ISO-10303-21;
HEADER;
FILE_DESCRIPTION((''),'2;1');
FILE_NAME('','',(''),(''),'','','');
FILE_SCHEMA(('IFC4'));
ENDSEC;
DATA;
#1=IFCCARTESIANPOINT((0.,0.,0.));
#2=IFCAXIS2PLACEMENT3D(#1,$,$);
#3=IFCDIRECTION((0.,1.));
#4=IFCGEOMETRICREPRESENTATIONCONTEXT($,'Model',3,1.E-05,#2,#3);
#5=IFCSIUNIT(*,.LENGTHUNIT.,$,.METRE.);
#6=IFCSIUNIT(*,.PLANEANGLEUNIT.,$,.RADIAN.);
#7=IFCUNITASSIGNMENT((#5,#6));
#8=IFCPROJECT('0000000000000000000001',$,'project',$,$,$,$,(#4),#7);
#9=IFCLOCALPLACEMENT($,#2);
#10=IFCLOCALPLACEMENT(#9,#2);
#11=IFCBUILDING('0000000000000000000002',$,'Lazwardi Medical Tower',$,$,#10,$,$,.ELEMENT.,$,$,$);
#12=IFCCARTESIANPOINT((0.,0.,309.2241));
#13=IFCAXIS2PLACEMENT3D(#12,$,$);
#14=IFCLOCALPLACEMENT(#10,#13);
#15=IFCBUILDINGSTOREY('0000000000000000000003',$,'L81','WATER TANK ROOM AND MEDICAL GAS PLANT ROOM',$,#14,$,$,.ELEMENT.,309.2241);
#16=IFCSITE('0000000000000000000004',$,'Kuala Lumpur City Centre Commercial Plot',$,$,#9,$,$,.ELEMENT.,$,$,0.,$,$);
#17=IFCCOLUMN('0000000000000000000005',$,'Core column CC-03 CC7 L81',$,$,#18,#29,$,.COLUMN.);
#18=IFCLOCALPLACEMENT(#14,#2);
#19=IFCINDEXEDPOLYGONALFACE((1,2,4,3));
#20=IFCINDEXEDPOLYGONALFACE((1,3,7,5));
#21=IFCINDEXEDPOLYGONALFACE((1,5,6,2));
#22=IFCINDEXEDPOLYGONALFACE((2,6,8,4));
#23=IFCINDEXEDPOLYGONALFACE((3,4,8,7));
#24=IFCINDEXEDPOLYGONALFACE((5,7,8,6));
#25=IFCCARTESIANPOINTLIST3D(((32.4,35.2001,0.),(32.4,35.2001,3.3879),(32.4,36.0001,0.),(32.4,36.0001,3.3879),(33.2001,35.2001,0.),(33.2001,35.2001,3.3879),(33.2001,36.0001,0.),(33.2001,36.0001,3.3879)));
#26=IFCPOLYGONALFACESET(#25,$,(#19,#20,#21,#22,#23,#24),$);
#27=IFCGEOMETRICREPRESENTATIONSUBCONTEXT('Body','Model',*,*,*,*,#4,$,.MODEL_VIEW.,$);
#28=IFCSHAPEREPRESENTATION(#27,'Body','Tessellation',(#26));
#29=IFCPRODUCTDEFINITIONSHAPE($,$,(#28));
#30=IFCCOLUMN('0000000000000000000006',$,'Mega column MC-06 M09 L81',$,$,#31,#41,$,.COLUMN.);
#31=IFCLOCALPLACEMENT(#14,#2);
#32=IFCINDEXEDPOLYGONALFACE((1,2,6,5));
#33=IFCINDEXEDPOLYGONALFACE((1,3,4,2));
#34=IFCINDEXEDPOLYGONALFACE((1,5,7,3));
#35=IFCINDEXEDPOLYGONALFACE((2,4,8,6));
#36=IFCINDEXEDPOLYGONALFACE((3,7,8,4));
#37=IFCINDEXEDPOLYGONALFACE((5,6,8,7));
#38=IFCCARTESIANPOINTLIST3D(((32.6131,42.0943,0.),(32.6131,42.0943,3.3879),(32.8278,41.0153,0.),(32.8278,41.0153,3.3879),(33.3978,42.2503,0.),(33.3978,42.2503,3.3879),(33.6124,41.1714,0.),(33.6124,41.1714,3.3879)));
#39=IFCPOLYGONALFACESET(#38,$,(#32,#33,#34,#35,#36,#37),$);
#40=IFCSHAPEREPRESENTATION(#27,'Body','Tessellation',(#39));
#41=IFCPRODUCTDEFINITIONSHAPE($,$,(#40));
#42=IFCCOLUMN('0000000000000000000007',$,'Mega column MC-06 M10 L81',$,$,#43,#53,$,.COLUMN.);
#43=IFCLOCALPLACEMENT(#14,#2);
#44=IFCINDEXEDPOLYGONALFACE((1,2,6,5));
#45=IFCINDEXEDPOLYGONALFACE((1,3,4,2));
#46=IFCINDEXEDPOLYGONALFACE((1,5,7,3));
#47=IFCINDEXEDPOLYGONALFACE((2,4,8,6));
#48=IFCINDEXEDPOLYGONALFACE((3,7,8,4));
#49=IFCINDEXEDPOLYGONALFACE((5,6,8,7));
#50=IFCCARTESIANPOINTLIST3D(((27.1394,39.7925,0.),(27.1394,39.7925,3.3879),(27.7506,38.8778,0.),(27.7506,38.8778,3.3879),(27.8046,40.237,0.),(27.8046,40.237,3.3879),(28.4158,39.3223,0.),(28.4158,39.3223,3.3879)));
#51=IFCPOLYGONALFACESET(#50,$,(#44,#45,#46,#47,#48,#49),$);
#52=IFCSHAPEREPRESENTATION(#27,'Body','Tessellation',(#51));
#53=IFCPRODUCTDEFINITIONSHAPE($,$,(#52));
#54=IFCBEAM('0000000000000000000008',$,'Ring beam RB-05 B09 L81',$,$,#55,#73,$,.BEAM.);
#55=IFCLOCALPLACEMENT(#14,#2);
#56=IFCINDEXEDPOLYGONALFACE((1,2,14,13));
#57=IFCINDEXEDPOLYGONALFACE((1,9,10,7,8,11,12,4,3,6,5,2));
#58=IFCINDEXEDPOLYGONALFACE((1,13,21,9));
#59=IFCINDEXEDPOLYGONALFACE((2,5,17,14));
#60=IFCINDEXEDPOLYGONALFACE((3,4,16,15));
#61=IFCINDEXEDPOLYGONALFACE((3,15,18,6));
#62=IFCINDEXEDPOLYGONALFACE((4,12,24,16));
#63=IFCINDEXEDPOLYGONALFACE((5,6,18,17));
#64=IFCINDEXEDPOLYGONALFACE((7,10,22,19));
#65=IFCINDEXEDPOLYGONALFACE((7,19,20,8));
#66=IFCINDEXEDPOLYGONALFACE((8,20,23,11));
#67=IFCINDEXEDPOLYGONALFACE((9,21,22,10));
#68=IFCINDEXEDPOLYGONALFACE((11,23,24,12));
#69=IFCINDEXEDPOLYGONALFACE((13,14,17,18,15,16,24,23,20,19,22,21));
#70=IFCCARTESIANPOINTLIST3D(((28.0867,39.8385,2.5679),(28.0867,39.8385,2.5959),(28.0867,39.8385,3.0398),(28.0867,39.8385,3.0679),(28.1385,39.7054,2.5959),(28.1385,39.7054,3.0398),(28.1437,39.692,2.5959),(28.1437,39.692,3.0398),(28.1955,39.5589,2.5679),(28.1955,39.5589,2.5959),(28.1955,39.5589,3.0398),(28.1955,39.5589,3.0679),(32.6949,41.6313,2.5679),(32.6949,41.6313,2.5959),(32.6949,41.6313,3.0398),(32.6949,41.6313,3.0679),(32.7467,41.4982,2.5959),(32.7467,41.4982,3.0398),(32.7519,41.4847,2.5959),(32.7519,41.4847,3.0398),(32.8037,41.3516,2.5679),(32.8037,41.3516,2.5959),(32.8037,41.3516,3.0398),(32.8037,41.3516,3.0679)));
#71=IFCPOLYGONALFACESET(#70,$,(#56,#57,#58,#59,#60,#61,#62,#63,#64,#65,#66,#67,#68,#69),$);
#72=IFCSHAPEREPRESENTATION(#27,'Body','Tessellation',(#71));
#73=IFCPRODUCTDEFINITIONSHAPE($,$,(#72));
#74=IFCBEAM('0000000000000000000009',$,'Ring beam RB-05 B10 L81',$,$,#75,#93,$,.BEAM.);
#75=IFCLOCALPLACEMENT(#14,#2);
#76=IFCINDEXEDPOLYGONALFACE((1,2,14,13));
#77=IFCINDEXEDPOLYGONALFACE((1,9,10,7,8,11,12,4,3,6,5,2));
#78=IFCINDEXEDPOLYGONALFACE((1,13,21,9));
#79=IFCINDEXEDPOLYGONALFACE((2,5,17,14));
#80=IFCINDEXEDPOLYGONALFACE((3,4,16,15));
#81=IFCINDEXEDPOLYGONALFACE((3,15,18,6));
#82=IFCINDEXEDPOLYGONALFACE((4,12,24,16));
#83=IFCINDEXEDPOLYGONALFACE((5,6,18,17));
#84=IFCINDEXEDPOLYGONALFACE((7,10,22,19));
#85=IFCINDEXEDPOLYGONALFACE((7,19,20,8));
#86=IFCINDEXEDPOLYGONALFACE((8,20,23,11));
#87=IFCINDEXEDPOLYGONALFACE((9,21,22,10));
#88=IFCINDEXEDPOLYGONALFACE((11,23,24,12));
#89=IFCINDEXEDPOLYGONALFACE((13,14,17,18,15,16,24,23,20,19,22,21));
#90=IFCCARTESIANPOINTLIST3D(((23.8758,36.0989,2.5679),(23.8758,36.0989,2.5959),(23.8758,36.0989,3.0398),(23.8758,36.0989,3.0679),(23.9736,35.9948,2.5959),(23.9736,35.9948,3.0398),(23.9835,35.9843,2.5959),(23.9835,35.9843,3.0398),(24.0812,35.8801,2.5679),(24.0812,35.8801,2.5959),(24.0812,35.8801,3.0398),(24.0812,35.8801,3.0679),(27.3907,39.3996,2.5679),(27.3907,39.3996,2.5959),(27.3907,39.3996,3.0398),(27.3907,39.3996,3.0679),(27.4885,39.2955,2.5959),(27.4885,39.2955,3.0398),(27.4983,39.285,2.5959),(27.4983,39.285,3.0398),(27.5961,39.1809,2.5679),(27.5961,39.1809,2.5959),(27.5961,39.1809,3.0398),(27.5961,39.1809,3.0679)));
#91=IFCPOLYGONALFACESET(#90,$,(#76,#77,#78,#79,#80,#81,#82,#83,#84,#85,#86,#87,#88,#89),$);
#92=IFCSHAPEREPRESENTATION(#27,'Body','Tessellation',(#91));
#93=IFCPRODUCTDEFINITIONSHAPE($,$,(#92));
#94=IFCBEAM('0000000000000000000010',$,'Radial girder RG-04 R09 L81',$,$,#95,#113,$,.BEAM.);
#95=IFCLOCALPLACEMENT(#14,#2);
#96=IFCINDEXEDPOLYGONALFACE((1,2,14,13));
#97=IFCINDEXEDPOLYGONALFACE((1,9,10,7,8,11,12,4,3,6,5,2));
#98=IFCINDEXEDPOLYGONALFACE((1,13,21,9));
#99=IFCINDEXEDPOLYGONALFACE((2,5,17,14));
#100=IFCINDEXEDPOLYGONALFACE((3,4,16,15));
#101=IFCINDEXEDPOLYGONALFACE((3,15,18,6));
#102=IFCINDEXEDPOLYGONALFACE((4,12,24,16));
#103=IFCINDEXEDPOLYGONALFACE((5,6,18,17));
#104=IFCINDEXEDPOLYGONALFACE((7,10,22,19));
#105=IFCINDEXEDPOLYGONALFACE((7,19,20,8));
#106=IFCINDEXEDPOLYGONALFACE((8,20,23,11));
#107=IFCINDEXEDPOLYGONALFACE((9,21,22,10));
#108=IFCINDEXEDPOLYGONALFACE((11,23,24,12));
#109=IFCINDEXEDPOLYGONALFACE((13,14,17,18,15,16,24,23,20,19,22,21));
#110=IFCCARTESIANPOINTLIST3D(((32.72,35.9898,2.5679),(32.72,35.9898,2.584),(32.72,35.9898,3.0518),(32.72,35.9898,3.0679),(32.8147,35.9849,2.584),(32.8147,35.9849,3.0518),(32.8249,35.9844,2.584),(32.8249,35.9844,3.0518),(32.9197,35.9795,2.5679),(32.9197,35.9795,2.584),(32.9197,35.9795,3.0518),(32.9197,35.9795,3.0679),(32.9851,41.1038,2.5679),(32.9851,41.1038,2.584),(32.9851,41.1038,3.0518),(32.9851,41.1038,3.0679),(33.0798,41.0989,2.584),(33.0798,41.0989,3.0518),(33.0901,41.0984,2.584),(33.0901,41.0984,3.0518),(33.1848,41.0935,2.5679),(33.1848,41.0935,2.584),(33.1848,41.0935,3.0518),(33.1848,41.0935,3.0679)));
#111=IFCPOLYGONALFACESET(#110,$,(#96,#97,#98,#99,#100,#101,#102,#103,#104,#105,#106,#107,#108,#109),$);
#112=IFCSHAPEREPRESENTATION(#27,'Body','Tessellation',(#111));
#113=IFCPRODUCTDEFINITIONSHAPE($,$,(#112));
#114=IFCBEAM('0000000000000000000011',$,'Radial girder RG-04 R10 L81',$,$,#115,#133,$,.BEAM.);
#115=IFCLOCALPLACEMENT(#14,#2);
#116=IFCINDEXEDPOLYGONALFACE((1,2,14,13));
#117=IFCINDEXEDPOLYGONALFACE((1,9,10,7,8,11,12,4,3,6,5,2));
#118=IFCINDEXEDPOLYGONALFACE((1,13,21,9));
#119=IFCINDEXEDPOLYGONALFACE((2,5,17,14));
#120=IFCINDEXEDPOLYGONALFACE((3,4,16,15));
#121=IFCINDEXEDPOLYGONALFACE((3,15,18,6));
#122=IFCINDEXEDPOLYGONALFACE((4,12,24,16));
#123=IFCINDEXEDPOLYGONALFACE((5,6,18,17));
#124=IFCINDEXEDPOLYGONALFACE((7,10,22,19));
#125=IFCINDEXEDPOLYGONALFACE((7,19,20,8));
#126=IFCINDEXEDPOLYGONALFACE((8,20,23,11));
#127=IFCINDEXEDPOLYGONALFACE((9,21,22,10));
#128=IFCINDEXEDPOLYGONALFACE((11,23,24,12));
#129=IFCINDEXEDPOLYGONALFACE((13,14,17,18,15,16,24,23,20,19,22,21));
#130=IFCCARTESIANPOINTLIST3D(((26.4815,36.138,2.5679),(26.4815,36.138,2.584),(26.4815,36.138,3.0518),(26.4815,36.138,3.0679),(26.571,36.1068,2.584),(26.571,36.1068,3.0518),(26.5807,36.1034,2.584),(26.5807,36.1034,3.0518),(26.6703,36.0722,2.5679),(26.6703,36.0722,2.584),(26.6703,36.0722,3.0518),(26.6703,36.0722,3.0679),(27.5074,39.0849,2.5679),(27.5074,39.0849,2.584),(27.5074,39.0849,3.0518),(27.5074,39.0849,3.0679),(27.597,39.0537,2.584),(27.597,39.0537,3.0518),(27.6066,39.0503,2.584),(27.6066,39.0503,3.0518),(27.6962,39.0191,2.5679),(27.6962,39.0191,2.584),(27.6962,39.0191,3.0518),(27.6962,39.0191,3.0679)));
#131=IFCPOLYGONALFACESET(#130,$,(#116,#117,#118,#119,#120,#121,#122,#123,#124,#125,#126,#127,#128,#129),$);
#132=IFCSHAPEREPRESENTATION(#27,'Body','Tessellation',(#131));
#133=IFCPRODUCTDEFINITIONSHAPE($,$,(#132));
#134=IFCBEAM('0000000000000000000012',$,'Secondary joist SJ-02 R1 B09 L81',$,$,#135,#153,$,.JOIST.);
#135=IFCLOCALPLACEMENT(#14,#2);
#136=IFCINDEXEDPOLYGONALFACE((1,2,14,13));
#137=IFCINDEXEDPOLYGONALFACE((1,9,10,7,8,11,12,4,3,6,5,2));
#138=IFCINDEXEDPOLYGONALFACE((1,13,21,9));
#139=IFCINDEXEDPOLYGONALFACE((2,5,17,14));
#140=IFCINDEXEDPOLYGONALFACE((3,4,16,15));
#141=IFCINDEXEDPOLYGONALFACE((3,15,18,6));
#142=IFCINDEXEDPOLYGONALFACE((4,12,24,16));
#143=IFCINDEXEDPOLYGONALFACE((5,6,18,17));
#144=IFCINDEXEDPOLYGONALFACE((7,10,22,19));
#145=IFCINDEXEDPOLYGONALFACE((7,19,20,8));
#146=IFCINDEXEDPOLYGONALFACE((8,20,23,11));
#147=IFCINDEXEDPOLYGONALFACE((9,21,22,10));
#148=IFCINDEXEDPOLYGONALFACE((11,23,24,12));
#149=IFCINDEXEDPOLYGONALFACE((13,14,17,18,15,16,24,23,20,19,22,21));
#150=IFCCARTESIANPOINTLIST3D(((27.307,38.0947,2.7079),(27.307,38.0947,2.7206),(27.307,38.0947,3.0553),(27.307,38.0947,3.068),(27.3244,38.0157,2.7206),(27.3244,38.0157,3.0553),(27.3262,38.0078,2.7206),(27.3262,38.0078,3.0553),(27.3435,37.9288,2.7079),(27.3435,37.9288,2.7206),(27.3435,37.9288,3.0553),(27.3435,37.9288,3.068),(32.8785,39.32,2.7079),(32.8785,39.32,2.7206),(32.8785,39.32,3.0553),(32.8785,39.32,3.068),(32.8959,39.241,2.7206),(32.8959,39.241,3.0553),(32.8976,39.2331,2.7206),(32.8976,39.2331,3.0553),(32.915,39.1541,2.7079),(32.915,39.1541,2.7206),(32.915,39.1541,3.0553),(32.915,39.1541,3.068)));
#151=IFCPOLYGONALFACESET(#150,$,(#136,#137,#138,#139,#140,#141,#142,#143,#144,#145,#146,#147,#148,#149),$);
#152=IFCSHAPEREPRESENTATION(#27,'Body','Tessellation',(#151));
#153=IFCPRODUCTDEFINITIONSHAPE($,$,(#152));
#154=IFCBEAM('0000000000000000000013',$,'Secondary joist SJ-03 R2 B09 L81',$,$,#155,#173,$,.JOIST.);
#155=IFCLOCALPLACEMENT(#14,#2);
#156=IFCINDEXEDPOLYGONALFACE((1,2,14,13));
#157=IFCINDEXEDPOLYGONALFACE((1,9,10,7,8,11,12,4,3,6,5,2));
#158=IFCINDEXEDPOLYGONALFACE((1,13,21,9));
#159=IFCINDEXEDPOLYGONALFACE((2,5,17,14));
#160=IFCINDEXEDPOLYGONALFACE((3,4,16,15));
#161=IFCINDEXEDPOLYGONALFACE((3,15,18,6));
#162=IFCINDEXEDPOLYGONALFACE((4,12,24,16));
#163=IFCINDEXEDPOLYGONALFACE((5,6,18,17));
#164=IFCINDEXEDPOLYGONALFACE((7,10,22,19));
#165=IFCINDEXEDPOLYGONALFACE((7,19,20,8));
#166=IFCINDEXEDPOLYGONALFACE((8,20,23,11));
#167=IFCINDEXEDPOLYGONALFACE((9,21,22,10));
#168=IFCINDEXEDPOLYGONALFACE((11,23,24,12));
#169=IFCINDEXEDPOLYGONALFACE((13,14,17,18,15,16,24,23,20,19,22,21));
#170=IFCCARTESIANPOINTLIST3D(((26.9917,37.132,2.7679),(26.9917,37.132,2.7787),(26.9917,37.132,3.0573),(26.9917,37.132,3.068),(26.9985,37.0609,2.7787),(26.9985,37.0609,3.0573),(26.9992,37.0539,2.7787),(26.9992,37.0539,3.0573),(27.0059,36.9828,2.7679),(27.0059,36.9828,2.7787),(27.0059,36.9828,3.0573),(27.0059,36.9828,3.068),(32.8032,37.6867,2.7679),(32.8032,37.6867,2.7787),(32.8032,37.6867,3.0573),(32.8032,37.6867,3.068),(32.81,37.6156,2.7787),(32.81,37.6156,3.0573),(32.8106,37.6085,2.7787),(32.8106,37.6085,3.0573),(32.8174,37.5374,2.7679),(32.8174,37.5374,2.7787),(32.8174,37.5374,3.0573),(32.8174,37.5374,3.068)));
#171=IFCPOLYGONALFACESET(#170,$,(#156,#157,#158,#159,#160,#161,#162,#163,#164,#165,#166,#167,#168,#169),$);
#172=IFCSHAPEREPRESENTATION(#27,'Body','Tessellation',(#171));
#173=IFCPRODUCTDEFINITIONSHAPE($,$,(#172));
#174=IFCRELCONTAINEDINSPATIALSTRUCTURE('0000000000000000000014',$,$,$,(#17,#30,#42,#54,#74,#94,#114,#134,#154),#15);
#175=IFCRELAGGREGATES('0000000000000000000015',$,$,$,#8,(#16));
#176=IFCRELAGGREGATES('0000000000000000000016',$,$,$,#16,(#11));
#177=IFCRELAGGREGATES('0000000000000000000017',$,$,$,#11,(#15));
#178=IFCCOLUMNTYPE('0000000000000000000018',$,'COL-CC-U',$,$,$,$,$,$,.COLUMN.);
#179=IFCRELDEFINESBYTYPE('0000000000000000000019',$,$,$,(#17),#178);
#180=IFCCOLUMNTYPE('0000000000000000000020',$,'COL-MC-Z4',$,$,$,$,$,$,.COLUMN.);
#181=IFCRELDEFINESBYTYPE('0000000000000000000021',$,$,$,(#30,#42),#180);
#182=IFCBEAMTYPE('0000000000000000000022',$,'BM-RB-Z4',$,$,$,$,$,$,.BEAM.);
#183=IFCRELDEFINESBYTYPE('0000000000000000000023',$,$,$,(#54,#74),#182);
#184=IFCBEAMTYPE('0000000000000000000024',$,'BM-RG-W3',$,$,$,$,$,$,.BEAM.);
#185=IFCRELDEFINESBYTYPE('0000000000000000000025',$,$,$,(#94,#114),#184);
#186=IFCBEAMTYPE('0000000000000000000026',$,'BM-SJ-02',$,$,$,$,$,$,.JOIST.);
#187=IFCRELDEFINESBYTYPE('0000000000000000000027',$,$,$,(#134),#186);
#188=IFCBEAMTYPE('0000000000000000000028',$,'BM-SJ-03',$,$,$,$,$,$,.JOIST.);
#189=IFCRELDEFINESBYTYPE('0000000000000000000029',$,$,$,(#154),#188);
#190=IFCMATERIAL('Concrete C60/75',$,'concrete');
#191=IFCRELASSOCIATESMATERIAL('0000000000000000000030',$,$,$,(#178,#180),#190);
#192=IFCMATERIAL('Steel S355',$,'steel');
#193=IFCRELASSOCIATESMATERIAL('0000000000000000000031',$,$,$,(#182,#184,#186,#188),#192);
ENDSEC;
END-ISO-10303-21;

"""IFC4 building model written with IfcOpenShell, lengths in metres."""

from ifc_helpers import new_model, si_unit, direction, frame, origin, origin_2d, place, context, subcontext, project, spatial, rectangle, i_section, extrude, material, material_profile, profile_set, type_object, element, save


model = new_model("IFC4")

# Units and contexts
model_context = context("Model", 3, precision=1e-05, world=origin(), true_north=direction((0.0, 1.0)))
body_context = subcontext(model_context, "Body", "Model", "MODEL_VIEW")
ifc_project = project(units=[si_unit("LENGTHUNIT", "METRE"), si_unit("PLANEANGLEUNIT", "RADIAN")], contexts=[model_context])

# Site, building, storey
site_placement = place(None, origin())
site = spatial("IfcSite", under=ifc_project, at=site_placement, Name="Kuala Lumpur City Centre Commercial Plot", CompositionType="ELEMENT", RefElevation=0.0)
building_placement = place(site_placement, origin())
building = spatial("IfcBuilding", under=site, at=building_placement, Name="Lazwardi Medical Tower", CompositionType="ELEMENT")
storey_placement = place(building_placement, frame((0.0, 0.0, 309.2241)))
storey = spatial("IfcBuildingStorey", under=building, at=storey_placement, Name="L81", Description="WATER TANK ROOM AND MEDICAL GAS PLANT ROOM", CompositionType="ELEMENT", Elevation=309.2241)

# Columns
ifc_material_1 = material(Name="Concrete C60/75", Category="concrete")
ifc_material_profile_1 = material_profile(ifc_material_1, rectangle(XDim=0.8, YDim=0.8, at=origin_2d()), Name="RC 800x800")
ifc_profile_set_1 = profile_set([ifc_material_profile_1], Name="Concrete C60/75")
column_type_1 = type_object("IfcColumnType", Name="COL-CC-U", PredefinedType="COLUMN", material=ifc_profile_set_1)
column_placement = place(storey_placement, frame((32.8, 35.6001, 0.0), z_axis=(0.0, 0.0, 1.0), x_axis=(1.0, 0.0, 0.0)))
element("IfcColumn", 1, at=column_placement, inside=storey, type_object=column_type_1, Name="Core column CC-03 CC7 L81", PredefinedType="COLUMN", context=body_context, shape_type="SweptSolid", body=[
    extrude(rectangle(XDim=0.8, YDim=0.8, at=origin_2d()), origin(), (0.0, 0.0, 1.0), 3.3879),
])
ifc_material_profile_2 = material_profile(ifc_material_1, rectangle(XDim=1.1001, YDim=0.8, at=origin_2d()), Name="CFT-RECT 1100x800")
ifc_profile_set_2 = profile_set([ifc_material_profile_2], Name="Concrete C60/75")
column_type_2 = type_object("IfcColumnType", Name="COL-MC-Z4", PredefinedType="COLUMN", material=ifc_profile_set_2)
for number, where, z_axis, x_axis, name in (
    (2, (33.1128, 41.6328, 0.0), (0.0, 0.0, 1.0), (-0.19509, 0.980785, 0.0), "Mega column MC-06 M09 L81"),
    (3, (27.7776, 39.5574, 0.0), (0.0, 0.0, 1.0), (-0.55557, 0.83147, 0.0), "Mega column MC-06 M10 L81"),
):
    element("IfcColumn", number, at=place(storey_placement, frame(where, z_axis=z_axis, x_axis=x_axis)), inside=storey, type_object=column_type_2, Name=name, PredefinedType="COLUMN", context=body_context, shape_type="SweptSolid", body=[
        extrude(rectangle(XDim=1.1001, YDim=0.8, at=origin_2d()), origin(), (0.0, 0.0, 1.0), 3.3879),
    ])

# Beams
ifc_material_2 = material(Name="Steel S355", Category="steel")
ifc_material_profile_3 = material_profile(ifc_material_2, i_section(OverallWidth=0.3, OverallDepth=0.5, WebThickness=0.0144, FlangeThickness=0.0281, at=origin_2d()), Name="HEB 500")
ifc_profile_set_3 = profile_set([ifc_material_profile_3], Name="Steel S355")
beam_type_1 = type_object("IfcBeamType", Name="BM-RB-Z4", PredefinedType="BEAM", material=ifc_profile_set_3)
beam_1_placement = place(storey_placement, frame((32.7493, 41.4915, 2.8179), z_axis=(-0.931959, -0.362563, 0.0), x_axis=(0.362563, -0.931959, 0.0)))
element("IfcBeam", 4, at=beam_1_placement, inside=storey, type_object=beam_type_1, Name="Ring beam RB-05 B09 L81", PredefinedType="BEAM", context=body_context, shape_type="SweptSolid", body=[
    extrude(i_section(OverallWidth=0.3, OverallDepth=0.5, WebThickness=0.0144, FlangeThickness=0.0281, at=origin_2d()), origin(), (0.0, 0.0, 1.0), 4.9446),
])
beam_2_placement = place(storey_placement, frame((27.4934, 39.2903, 2.8179), z_axis=(-0.728961, -0.684556, 0.0), x_axis=(0.684556, -0.728961, 0.0)))
element("IfcBeam", 5, at=beam_2_placement, inside=storey, type_object=beam_type_1, Name="Ring beam RB-05 B10 L81", PredefinedType="BEAM", context=body_context, shape_type="SweptSolid", body=[
    extrude(i_section(OverallWidth=0.3, OverallDepth=0.5, WebThickness=0.0144, FlangeThickness=0.0281, at=origin_2d()), origin(), (0.0, 0.0, 1.0), 4.8218),
])
ifc_material_profile_4 = material_profile(ifc_material_2, i_section(OverallWidth=0.2, OverallDepth=0.5, WebThickness=0.0103, FlangeThickness=0.0161, at=origin_2d()), Name="IPE 500")
ifc_profile_set_4 = profile_set([ifc_material_profile_4], Name="Steel S355")
beam_type_2 = type_object("IfcBeamType", Name="BM-RG-W3", PredefinedType="BEAM", material=ifc_profile_set_4)
beam_3_placement = place(storey_placement, frame((33.085, 41.0986, 2.8179), z_axis=(-0.051776, -0.998659, 0.0), x_axis=(0.998659, -0.051776, 0.0)))
element("IfcBeam", 6, at=beam_3_placement, inside=storey, type_object=beam_type_2, Name="Radial girder RG-04 R09 L81", PredefinedType="BEAM", context=body_context, shape_type="SweptSolid", body=[
    extrude(i_section(OverallWidth=0.2, OverallDepth=0.5, WebThickness=0.0103, FlangeThickness=0.0161, at=origin_2d()), origin(), (0.0, 0.0, 1.0), 5.1208),
])
beam_4_placement = place(storey_placement, frame((27.6018, 39.052, 2.8179), z_axis=(-0.328782, -0.944406, 0.0), x_axis=(0.944406, -0.328782, 0.0)))
element("IfcBeam", 7, at=beam_4_placement, inside=storey, type_object=beam_type_2, Name="Radial girder RG-04 R10 L81", PredefinedType="BEAM", context=body_context, shape_type="SweptSolid", body=[
    extrude(i_section(OverallWidth=0.2, OverallDepth=0.5, WebThickness=0.0103, FlangeThickness=0.0161, at=origin_2d()), origin(), (0.0, 0.0, 1.0), 3.1204),
])
ifc_material_profile_5 = material_profile(ifc_material_2, i_section(OverallWidth=0.1699, OverallDepth=0.3601, WebThickness=0.0081, FlangeThickness=0.0127, at=origin_2d()), Name="IPE 360")
ifc_profile_set_5 = profile_set([ifc_material_profile_5], Name="Steel S355")
beam_type_3 = type_object("IfcBeamType", Name="BM-SJ-02", PredefinedType="JOIST", material=ifc_profile_set_5)
beam_5_placement = place(storey_placement, frame((32.8967, 39.2371, 2.8879), z_axis=(-0.976659, -0.214796, 0.0), x_axis=(0.214796, -0.976659, 0.0)))
element("IfcBeam", 8, at=beam_5_placement, inside=storey, type_object=beam_type_3, Name="Secondary joist SJ-02 R1 B09 L81", PredefinedType="JOIST", context=body_context, shape_type="SweptSolid", body=[
    extrude(i_section(OverallWidth=0.1699, OverallDepth=0.3601, WebThickness=0.0081, FlangeThickness=0.0127, at=origin_2d()), origin(), (0.0, 0.0, 1.0), 5.7046),
])
ifc_material_profile_6 = material_profile(ifc_material_2, i_section(OverallWidth=0.1499, OverallDepth=0.3, WebThickness=0.0071, FlangeThickness=0.0107, at=origin_2d()), Name="IPE 300")
ifc_profile_set_6 = profile_set([ifc_material_profile_6], Name="Steel S355")
beam_type_4 = type_object("IfcBeamType", Name="BM-SJ-03", PredefinedType="JOIST", material=ifc_profile_set_6)
beam_6_placement = place(storey_placement, frame((32.8103, 37.6121, 2.918), z_axis=(-0.995476, -0.095014, 0.0), x_axis=(0.095014, -0.995476, 0.0)))
element("IfcBeam", 9, at=beam_6_placement, inside=storey, type_object=beam_type_4, Name="Secondary joist SJ-03 R2 B09 L81", PredefinedType="JOIST", context=body_context, shape_type="SweptSolid", body=[
    extrude(i_section(OverallWidth=0.1499, OverallDepth=0.3, WebThickness=0.0071, FlangeThickness=0.0107, at=origin_2d()), origin(), (0.0, 0.0, 1.0), 5.8379),
])

save(model, "model.ifc")
